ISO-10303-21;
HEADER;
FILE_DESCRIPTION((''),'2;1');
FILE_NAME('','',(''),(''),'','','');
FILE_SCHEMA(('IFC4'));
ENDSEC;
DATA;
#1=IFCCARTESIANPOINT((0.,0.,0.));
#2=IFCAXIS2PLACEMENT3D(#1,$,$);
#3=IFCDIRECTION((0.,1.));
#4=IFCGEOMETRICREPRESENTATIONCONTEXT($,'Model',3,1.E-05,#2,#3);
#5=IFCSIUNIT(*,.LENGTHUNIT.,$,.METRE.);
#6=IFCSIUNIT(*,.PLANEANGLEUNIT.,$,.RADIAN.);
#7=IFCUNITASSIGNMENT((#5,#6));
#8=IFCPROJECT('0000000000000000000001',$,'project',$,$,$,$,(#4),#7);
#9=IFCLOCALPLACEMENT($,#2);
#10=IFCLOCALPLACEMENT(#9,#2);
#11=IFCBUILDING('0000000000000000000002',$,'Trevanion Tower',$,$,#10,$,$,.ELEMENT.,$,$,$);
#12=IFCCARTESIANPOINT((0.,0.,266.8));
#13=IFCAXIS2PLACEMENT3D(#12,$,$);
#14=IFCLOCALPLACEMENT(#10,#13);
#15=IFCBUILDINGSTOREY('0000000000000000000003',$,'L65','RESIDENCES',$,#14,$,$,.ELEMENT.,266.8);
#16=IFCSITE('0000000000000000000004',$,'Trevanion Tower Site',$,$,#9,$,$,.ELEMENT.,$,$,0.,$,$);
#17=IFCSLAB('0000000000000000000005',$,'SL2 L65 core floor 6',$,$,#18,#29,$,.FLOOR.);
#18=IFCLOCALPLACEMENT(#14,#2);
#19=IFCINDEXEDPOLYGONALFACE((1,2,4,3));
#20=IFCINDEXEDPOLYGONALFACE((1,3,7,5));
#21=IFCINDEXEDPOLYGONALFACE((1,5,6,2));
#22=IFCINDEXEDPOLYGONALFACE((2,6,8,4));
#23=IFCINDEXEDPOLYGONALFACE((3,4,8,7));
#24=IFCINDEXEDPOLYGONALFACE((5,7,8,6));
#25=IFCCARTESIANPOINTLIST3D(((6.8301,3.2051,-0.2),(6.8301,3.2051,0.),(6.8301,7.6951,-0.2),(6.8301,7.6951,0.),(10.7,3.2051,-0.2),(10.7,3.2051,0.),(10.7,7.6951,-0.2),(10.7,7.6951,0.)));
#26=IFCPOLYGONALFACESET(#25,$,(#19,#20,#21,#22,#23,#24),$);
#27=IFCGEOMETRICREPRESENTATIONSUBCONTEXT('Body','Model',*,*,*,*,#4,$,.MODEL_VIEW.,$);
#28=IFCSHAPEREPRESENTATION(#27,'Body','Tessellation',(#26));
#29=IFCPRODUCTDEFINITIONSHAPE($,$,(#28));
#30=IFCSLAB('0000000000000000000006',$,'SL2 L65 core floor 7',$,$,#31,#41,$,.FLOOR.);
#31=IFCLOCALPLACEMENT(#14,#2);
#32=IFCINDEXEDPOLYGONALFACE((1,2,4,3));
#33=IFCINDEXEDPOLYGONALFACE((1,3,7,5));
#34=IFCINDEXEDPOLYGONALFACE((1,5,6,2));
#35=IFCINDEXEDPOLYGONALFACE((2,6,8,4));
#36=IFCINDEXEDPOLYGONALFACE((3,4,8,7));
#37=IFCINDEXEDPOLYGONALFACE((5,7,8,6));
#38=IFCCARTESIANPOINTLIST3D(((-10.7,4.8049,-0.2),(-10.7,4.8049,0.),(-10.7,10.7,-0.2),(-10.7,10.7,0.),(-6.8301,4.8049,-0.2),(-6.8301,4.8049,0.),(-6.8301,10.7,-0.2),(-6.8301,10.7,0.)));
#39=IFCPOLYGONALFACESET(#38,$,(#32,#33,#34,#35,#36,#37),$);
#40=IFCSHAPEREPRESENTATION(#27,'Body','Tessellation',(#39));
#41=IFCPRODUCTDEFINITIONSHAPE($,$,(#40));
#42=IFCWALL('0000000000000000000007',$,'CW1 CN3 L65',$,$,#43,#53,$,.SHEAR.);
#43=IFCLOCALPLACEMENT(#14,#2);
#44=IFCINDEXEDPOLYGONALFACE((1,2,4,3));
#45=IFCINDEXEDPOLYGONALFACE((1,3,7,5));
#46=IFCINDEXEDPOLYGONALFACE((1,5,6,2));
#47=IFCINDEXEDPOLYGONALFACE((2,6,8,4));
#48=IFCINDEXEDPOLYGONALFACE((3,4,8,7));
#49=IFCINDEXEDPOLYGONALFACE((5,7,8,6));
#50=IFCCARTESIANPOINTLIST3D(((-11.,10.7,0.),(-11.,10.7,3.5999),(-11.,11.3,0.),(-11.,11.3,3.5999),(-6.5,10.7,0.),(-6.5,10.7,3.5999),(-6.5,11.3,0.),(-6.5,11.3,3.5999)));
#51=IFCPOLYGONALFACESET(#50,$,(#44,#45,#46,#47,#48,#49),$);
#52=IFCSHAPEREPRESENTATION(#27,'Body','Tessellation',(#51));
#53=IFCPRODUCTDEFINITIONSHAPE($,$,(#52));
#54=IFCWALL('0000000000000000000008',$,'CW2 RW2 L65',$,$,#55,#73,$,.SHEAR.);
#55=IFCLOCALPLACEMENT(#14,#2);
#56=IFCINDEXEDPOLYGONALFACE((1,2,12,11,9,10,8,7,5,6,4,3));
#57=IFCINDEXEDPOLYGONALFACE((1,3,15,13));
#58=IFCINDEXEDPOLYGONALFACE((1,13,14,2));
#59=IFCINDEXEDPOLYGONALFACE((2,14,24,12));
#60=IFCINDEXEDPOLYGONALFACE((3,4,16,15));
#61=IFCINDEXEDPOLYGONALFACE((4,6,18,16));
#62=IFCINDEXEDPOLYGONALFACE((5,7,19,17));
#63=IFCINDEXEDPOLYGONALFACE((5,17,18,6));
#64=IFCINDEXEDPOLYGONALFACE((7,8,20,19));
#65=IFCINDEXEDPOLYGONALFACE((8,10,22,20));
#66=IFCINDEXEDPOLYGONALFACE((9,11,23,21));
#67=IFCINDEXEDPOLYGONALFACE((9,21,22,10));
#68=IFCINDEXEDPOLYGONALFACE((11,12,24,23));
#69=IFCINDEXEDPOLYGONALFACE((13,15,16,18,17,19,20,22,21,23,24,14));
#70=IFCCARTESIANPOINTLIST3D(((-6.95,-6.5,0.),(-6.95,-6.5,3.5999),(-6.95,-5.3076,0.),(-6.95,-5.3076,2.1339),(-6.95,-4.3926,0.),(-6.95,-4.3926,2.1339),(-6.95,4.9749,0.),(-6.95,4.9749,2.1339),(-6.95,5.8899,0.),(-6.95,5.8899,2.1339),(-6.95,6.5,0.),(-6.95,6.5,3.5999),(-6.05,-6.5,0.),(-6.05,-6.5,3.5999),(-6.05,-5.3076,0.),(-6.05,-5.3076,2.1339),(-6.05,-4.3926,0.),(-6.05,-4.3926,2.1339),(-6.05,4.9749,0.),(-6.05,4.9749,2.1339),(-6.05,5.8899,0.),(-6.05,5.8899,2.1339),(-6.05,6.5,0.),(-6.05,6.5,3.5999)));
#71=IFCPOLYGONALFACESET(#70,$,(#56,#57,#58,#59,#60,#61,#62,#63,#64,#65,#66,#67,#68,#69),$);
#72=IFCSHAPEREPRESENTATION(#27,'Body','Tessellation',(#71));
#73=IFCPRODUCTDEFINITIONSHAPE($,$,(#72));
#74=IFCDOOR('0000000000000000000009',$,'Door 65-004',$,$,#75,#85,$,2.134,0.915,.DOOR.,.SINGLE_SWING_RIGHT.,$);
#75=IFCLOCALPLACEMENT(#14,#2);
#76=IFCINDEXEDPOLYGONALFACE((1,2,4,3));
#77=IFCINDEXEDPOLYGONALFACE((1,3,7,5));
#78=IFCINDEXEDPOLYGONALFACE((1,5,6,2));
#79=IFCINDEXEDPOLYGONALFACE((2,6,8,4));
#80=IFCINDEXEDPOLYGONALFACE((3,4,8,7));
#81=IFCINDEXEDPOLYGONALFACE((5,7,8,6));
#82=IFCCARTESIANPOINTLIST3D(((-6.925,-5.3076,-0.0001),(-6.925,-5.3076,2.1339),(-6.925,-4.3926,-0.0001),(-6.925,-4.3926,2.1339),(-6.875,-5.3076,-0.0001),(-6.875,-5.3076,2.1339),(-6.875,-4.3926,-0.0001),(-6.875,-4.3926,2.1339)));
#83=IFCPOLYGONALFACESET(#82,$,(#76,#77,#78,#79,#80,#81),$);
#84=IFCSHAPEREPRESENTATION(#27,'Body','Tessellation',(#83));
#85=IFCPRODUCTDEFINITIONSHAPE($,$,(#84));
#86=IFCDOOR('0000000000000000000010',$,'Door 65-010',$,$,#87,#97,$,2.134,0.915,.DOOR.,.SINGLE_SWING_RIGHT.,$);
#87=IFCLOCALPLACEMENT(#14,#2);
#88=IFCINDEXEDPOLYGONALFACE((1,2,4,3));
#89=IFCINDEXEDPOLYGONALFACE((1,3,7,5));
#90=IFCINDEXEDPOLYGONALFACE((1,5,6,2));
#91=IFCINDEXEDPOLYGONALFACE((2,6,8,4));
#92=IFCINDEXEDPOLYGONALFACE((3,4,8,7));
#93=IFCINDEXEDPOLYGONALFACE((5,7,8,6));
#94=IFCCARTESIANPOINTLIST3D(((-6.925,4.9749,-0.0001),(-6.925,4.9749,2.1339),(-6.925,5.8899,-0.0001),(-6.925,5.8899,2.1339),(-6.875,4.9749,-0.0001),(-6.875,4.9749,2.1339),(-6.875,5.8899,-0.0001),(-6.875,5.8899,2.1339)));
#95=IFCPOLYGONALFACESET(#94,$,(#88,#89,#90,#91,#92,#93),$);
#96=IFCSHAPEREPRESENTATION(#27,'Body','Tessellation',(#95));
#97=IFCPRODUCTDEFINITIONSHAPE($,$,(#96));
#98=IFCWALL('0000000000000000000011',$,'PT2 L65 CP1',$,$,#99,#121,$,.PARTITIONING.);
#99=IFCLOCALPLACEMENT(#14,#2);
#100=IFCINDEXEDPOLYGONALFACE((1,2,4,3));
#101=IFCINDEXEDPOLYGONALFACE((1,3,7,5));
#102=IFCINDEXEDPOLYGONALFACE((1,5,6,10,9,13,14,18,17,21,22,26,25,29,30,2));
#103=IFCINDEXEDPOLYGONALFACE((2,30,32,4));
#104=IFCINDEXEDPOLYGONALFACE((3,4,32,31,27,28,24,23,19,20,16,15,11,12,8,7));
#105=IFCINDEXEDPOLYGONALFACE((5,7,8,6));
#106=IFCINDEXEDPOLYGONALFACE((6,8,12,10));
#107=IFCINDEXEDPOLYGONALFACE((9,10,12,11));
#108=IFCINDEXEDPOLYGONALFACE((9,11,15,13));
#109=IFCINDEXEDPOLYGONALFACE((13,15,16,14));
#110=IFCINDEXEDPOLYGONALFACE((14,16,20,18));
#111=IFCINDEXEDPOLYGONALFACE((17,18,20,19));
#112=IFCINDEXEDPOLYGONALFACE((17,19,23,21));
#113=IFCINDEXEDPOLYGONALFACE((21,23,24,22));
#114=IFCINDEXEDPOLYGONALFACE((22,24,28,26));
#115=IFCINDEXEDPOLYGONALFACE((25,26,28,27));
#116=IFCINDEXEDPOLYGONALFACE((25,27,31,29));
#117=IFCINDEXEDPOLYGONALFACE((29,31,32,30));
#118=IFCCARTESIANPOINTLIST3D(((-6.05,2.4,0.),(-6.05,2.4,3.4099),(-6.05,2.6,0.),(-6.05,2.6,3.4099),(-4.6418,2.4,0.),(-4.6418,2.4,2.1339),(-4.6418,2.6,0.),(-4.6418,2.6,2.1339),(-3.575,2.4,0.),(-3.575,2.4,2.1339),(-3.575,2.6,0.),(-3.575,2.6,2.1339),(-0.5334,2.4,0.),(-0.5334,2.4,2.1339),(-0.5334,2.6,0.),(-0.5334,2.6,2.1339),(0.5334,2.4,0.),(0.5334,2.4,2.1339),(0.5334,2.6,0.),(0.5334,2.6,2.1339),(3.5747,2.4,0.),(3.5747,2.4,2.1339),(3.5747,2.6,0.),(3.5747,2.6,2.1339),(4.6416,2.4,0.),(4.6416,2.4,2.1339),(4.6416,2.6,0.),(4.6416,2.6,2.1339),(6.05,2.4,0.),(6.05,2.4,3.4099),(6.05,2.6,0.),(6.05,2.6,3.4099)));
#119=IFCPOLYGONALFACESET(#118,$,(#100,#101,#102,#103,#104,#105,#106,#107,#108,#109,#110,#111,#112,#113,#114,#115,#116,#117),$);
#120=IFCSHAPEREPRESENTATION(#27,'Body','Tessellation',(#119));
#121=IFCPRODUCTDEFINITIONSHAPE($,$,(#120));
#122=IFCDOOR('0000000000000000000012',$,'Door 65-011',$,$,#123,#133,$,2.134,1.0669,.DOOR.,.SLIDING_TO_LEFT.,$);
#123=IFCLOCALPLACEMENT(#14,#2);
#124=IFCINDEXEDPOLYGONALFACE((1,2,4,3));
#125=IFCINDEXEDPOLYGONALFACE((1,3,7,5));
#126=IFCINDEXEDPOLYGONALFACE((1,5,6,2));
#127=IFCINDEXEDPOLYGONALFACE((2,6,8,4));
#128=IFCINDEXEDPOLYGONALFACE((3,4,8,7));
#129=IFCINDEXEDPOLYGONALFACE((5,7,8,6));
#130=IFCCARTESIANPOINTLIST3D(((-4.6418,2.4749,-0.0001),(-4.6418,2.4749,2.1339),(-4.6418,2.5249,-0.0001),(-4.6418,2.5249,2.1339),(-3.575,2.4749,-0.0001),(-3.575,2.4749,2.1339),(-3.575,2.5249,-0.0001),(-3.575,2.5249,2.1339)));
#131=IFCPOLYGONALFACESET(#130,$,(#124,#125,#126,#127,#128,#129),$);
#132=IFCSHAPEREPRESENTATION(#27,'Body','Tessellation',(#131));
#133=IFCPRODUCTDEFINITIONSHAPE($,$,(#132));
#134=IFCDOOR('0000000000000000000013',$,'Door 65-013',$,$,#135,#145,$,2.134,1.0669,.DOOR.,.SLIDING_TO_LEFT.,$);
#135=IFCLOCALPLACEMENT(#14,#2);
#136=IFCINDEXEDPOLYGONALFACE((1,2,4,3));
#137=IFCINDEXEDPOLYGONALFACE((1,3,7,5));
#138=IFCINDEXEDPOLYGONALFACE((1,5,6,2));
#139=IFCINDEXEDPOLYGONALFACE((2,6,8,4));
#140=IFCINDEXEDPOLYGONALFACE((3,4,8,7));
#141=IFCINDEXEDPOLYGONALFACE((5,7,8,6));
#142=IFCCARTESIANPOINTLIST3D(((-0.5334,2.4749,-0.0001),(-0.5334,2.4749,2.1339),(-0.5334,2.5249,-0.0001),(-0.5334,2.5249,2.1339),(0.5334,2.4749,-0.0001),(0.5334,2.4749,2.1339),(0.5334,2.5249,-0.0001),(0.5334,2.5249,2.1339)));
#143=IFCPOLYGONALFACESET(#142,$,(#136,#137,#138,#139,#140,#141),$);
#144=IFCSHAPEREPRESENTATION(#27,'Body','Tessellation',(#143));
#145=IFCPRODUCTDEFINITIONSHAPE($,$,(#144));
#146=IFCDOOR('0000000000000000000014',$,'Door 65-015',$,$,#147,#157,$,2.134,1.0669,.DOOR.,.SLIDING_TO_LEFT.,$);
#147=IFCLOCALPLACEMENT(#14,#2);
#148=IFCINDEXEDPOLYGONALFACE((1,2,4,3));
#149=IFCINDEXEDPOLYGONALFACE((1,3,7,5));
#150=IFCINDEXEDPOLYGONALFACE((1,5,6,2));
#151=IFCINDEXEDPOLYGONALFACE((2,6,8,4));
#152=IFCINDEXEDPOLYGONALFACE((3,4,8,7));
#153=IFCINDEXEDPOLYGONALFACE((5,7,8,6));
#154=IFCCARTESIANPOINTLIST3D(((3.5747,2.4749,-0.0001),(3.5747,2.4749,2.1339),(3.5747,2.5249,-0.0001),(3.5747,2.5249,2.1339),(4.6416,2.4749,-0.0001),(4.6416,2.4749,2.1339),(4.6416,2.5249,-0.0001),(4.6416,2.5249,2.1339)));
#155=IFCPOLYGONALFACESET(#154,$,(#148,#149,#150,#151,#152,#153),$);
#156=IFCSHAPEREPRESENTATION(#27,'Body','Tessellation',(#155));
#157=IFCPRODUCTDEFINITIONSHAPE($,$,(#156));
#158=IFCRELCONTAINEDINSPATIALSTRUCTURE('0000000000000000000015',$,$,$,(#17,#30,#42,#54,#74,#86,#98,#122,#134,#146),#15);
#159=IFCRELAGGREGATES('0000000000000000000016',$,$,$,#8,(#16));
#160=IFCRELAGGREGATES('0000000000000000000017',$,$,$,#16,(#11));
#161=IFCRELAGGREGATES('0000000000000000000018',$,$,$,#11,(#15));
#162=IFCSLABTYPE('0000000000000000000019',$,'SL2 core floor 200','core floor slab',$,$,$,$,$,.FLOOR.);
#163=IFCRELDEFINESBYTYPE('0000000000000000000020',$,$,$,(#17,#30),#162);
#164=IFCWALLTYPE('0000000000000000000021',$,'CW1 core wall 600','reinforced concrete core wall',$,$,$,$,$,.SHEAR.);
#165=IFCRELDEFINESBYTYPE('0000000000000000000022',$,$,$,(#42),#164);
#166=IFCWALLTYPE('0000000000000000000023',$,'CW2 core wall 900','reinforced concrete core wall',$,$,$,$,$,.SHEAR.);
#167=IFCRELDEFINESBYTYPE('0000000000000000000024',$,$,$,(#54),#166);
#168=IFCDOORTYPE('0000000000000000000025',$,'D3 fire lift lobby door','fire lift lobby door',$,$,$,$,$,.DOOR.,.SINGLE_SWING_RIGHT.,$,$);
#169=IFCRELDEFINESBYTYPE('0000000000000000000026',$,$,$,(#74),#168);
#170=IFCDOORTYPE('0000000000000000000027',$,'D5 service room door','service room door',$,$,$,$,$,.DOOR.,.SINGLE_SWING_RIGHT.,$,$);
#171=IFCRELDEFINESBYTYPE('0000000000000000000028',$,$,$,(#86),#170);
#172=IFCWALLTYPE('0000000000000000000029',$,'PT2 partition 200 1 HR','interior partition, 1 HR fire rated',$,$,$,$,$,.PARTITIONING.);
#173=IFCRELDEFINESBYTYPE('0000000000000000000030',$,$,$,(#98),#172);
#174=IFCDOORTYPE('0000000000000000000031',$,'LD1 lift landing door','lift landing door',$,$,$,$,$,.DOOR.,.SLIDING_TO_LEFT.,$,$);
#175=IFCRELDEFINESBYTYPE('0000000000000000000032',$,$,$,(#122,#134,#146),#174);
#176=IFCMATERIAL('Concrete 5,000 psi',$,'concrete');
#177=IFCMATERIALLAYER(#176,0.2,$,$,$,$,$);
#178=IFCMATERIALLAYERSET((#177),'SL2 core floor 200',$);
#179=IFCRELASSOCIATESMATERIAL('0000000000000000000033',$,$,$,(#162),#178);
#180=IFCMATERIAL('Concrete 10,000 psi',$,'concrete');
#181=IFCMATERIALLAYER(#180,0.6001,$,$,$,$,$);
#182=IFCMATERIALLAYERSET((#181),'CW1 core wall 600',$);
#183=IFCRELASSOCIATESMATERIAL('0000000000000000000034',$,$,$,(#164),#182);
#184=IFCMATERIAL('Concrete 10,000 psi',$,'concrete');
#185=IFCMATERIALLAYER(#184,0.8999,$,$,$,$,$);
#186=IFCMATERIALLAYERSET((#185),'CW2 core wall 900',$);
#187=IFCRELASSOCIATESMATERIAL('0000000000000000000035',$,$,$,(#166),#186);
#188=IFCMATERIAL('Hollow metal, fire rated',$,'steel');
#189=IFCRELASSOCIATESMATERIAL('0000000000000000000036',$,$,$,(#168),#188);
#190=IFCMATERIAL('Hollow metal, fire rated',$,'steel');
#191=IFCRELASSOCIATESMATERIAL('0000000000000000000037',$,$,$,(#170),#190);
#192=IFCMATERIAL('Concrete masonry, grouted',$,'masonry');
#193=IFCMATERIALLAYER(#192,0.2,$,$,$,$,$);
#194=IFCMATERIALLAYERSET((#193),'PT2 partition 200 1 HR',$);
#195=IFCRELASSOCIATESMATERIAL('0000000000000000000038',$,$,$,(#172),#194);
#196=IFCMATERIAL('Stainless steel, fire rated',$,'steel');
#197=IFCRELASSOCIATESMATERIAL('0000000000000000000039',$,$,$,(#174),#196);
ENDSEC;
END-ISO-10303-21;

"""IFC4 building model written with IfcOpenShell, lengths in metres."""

from ifc_helpers import new_model, si_unit, direction, frame, frame_2d, origin, place, context, subcontext, project, spatial, polyline, rectangle, outline, extrude, material, layer, layer_set, type_object, element, fill, save


model = new_model("IFC4")

# Units and contexts
model_context = context("Model", 3, precision=1e-05, world=origin(), true_north=direction((0.0, 1.0)))
body_context = subcontext(model_context, "Body", "Model", "MODEL_VIEW")
ifc_project = project(units=[si_unit("LENGTHUNIT", "METRE"), si_unit("PLANEANGLEUNIT", "RADIAN")], contexts=[model_context])

# Site, building, storey
site_placement = place(None, origin())
site = spatial("IfcSite", under=ifc_project, at=site_placement, Name="Trevanion Tower Site", CompositionType="ELEMENT", RefElevation=0.0)
building_placement = place(site_placement, origin())
building = spatial("IfcBuilding", under=site, at=building_placement, Name="Trevanion Tower", CompositionType="ELEMENT")
storey_placement = place(building_placement, frame((0.0, 0.0, 266.8)))
storey = spatial("IfcBuildingStorey", under=building, at=storey_placement, Name="L65", Description="RESIDENCES", CompositionType="ELEMENT", Elevation=266.8)

# Slabs
ifc_material_1 = material(Name="Concrete 5,000 psi", Category="concrete")
ifc_layer_1 = layer(ifc_material_1, 0.2)
ifc_layer_set_1 = layer_set([ifc_layer_1], Name="SL2 core floor 200")
slab_type = type_object("IfcSlabType", Name="SL2 core floor 200", Description="core floor slab", PredefinedType="FLOOR", material=ifc_layer_set_1)
slab_1_placement = place(storey_placement, frame((0.0, 0.0, -0.2)))
element("IfcSlab", 1, at=slab_1_placement, inside=storey, type_object=slab_type, Name="SL2 L65 core floor 6", PredefinedType="FLOOR", context=body_context, shape_type="SweptSolid", body=[
    extrude(outline(polyline([(6.8301, 3.2051), (6.8301, 7.6951), (10.7, 7.6951), (10.7, 3.2051), (6.8301, 3.2051)])), origin(), (0.0, 0.0, 1.0), 0.2),
])
slab_2_placement = place(storey_placement, frame((0.0, 0.0, -0.2)))
element("IfcSlab", 2, at=slab_2_placement, inside=storey, type_object=slab_type, Name="SL2 L65 core floor 7", PredefinedType="FLOOR", context=body_context, shape_type="SweptSolid", body=[
    extrude(outline(polyline([(-6.8301, 4.8049), (-10.7, 4.8049), (-10.7, 10.7), (-6.8301, 10.7), (-6.8301, 4.8049)])), origin(), (0.0, 0.0, 1.0), 0.2),
])

# Wall
ifc_material_2 = material(Name="Concrete 10,000 psi", Category="concrete")
ifc_layer_2 = layer(ifc_material_2, 0.6001)
ifc_layer_set_2 = layer_set([ifc_layer_2], Name="CW1 core wall 600")
wall_type_1 = type_object("IfcWallType", Name="CW1 core wall 600", Description="reinforced concrete core wall", PredefinedType="SHEAR", material=ifc_layer_set_2)
wall_1_placement = place(storey_placement, frame((-6.5, 11.0, 0.0), z_axis=(0.0, 0.0, 1.0), x_axis=(-1.0, 0.0, 0.0)))
element("IfcWall", 3, at=wall_1_placement, inside=storey, type_object=wall_type_1, Name="CW1 CN3 L65", PredefinedType="SHEAR", context=body_context, shape_type="SweptSolid", body=[
    extrude(rectangle(XDim=4.5, YDim=0.6001, at=frame_2d((2.25, 0.0))), origin(), (0.0, 0.0, 1.0), 3.5999),
])

# Walls, openings, doors
ifc_material_3 = material(Name="Concrete 10,000 psi", Category="concrete")
ifc_layer_3 = layer(ifc_material_3, 0.8999)
ifc_layer_set_3 = layer_set([ifc_layer_3], Name="CW2 core wall 900")
wall_type_2 = type_object("IfcWallType", Name="CW2 core wall 900", Description="reinforced concrete core wall", PredefinedType="SHEAR", material=ifc_layer_set_3)
wall_2_placement = place(storey_placement, frame((-6.5, 6.5, 0.0), z_axis=(0.0, 0.0, 1.0), x_axis=(0.0, -1.0, 0.0)))
wall_2 = element("IfcWall", 4, at=wall_2_placement, inside=storey, type_object=wall_type_2, Name="CW2 RW2 L65", PredefinedType="SHEAR", context=body_context, shape_type="SweptSolid", body=[
    extrude(rectangle(XDim=13.0, YDim=0.8999, at=frame_2d((6.5, 0.0))), origin(), (0.0, 0.0, 1.0), 3.5999),
])
opening_1_placement = place(wall_2_placement, frame((10.8926, 0.0, 0.0)))
opening_1 = element("IfcOpeningElement", 5, at=opening_1_placement, cuts=wall_2, PredefinedType="OPENING", context=body_context, shape_type="SweptSolid", body=[
    extrude(rectangle(XDim=0.915, YDim=2.134, at=frame_2d((0.4575, 1.0669))), frame((0.0, 0.46, 0.0), z_axis=(0.0, -1.0, 0.0), x_axis=(1.0, 0.0, 0.0)), (0.0, 0.0, 1.0), 0.9199),
])
opening_2_placement = place(wall_2_placement, frame((0.6101, 0.0, 0.0)))
opening_2 = element("IfcOpeningElement", 6, at=opening_2_placement, cuts=wall_2, PredefinedType="OPENING", context=body_context, shape_type="SweptSolid", body=[
    extrude(rectangle(XDim=0.915, YDim=2.134, at=frame_2d((0.4575, 1.0669))), frame((0.0, 0.46, 0.0), z_axis=(0.0, -1.0, 0.0), x_axis=(1.0, 0.0, 0.0)), (0.0, 0.0, 1.0), 0.9199),
])
ifc_material_4 = material(Name="Hollow metal, fire rated", Category="steel")
door_type_1 = type_object("IfcDoorType", Name="D3 fire lift lobby door", Description="fire lift lobby door", OperationType="SINGLE_SWING_RIGHT", PredefinedType="DOOR", material=ifc_material_4)
door_1_placement = place(opening_1_placement, origin())
door_1 = element("IfcDoor", 7, at=door_1_placement, inside=storey, type_object=door_type_1, Name="Door 65-004", OperationType="SINGLE_SWING_RIGHT", OverallHeight=2.134, OverallWidth=0.915, PredefinedType="DOOR", context=body_context, shape_type="SweptSolid", body=[
    extrude(rectangle(XDim=0.915, YDim=2.134, at=frame_2d((0.4575, 1.0669))), frame((0.0, -0.375, 0.0), z_axis=(0.0, -1.0, 0.0), x_axis=(1.0, 0.0, 0.0)), (0.0, 0.0, 1.0), 0.05),
])
fill(opening_1, door_1)
ifc_material_5 = material(Name="Hollow metal, fire rated", Category="steel")
door_type_2 = type_object("IfcDoorType", Name="D5 service room door", Description="service room door", OperationType="SINGLE_SWING_RIGHT", PredefinedType="DOOR", material=ifc_material_5)
door_2_placement = place(opening_2_placement, origin())
door_2 = element("IfcDoor", 8, at=door_2_placement, inside=storey, type_object=door_type_2, Name="Door 65-010", OperationType="SINGLE_SWING_RIGHT", OverallHeight=2.134, OverallWidth=0.915, PredefinedType="DOOR", context=body_context, shape_type="SweptSolid", body=[
    extrude(rectangle(XDim=0.915, YDim=2.134, at=frame_2d((0.4575, 1.0669))), frame((0.0, -0.375, 0.0), z_axis=(0.0, -1.0, 0.0), x_axis=(1.0, 0.0, 0.0)), (0.0, 0.0, 1.0), 0.05),
])
fill(opening_2, door_2)
ifc_material_6 = material(Name="Concrete masonry, grouted", Category="masonry")
ifc_layer_4 = layer(ifc_material_6, 0.2)
ifc_layer_set_4 = layer_set([ifc_layer_4], Name="PT2 partition 200 1 HR")
wall_type_3 = type_object("IfcWallType", Name="PT2 partition 200 1 HR", Description="interior partition, 1 HR fire rated", PredefinedType="PARTITIONING", material=ifc_layer_set_4)
wall_3_placement = place(storey_placement, frame((-6.05, 2.5, 0.0), z_axis=(0.0, 0.0, 1.0), x_axis=(1.0, 0.0, 0.0)))
wall_3 = element("IfcWall", 9, at=wall_3_placement, inside=storey, type_object=wall_type_3, Name="PT2 L65 CP1", PredefinedType="PARTITIONING", context=body_context, shape_type="SweptSolid", body=[
    extrude(rectangle(XDim=12.1001, YDim=0.2, at=frame_2d((6.05, 0.0))), origin(), (0.0, 0.0, 1.0), 3.4099),
])
opening_3_placement = place(wall_3_placement, frame((1.4082, 0.0, 0.0)))
opening_3 = element("IfcOpeningElement", 10, at=opening_3_placement, cuts=wall_3, PredefinedType="OPENING", context=body_context, shape_type="SweptSolid", body=[
    extrude(rectangle(XDim=1.0669, YDim=2.134, at=frame_2d((0.5334, 1.0669))), frame((0.0, 0.1099, 0.0), z_axis=(0.0, -1.0, 0.0), x_axis=(1.0, 0.0, 0.0)), (0.0, 0.0, 1.0), 0.22),
])
opening_4_placement = place(wall_3_placement, frame((5.5166, 0.0, 0.0)))
opening_4 = element("IfcOpeningElement", 11, at=opening_4_placement, cuts=wall_3, PredefinedType="OPENING", context=body_context, shape_type="SweptSolid", body=[
    extrude(rectangle(XDim=1.0669, YDim=2.134, at=frame_2d((0.5334, 1.0669))), frame((0.0, 0.1099, 0.0), z_axis=(0.0, -1.0, 0.0), x_axis=(1.0, 0.0, 0.0)), (0.0, 0.0, 1.0), 0.22),
])
opening_5_placement = place(wall_3_placement, frame((9.6248, 0.0, 0.0)))
opening_5 = element("IfcOpeningElement", 12, at=opening_5_placement, cuts=wall_3, PredefinedType="OPENING", context=body_context, shape_type="SweptSolid", body=[
    extrude(rectangle(XDim=1.0669, YDim=2.134, at=frame_2d((0.5334, 1.0669))), frame((0.0, 0.1099, 0.0), z_axis=(0.0, -1.0, 0.0), x_axis=(1.0, 0.0, 0.0)), (0.0, 0.0, 1.0), 0.22),
])
ifc_material_7 = material(Name="Stainless steel, fire rated", Category="steel")
door_type_3 = type_object("IfcDoorType", Name="LD1 lift landing door", Description="lift landing door", OperationType="SLIDING_TO_LEFT", PredefinedType="DOOR", material=ifc_material_7)
door_3_placement = place(opening_3_placement, origin())
door_3 = element("IfcDoor", 13, at=door_3_placement, inside=storey, type_object=door_type_3, Name="Door 65-011", OperationType="SLIDING_TO_LEFT", OverallHeight=2.134, OverallWidth=1.0669, PredefinedType="DOOR", context=body_context, shape_type="SweptSolid", body=[
    extrude(rectangle(XDim=1.0669, YDim=2.134, at=frame_2d((0.5334, 1.0669))), frame((0.0, 0.0249, 0.0), z_axis=(0.0, -1.0, 0.0), x_axis=(1.0, 0.0, 0.0)), (0.0, 0.0, 1.0), 0.05),
])
fill(opening_3, door_3)
door_4_placement = place(opening_4_placement, origin())
door_4 = element("IfcDoor", 14, at=door_4_placement, inside=storey, type_object=door_type_3, Name="Door 65-013", OperationType="SLIDING_TO_LEFT", OverallHeight=2.134, OverallWidth=1.0669, PredefinedType="DOOR", context=body_context, shape_type="SweptSolid", body=[
    extrude(rectangle(XDim=1.0669, YDim=2.134, at=frame_2d((0.5334, 1.0669))), frame((0.0, 0.0249, 0.0), z_axis=(0.0, -1.0, 0.0), x_axis=(1.0, 0.0, 0.0)), (0.0, 0.0, 1.0), 0.05),
])
fill(opening_4, door_4)
door_5_placement = place(opening_5_placement, origin())
door_5 = element("IfcDoor", 15, at=door_5_placement, inside=storey, type_object=door_type_3, Name="Door 65-015", OperationType="SLIDING_TO_LEFT", OverallHeight=2.134, OverallWidth=1.0669, PredefinedType="DOOR", context=body_context, shape_type="SweptSolid", body=[
    extrude(rectangle(XDim=1.0669, YDim=2.134, at=frame_2d((0.5334, 1.0669))), frame((0.0, 0.0249, 0.0), z_axis=(0.0, -1.0, 0.0), x_axis=(1.0, 0.0, 0.0)), (0.0, 0.0, 1.0), 0.05),
])
fill(opening_5, door_5)

save(model, "model.ifc")
